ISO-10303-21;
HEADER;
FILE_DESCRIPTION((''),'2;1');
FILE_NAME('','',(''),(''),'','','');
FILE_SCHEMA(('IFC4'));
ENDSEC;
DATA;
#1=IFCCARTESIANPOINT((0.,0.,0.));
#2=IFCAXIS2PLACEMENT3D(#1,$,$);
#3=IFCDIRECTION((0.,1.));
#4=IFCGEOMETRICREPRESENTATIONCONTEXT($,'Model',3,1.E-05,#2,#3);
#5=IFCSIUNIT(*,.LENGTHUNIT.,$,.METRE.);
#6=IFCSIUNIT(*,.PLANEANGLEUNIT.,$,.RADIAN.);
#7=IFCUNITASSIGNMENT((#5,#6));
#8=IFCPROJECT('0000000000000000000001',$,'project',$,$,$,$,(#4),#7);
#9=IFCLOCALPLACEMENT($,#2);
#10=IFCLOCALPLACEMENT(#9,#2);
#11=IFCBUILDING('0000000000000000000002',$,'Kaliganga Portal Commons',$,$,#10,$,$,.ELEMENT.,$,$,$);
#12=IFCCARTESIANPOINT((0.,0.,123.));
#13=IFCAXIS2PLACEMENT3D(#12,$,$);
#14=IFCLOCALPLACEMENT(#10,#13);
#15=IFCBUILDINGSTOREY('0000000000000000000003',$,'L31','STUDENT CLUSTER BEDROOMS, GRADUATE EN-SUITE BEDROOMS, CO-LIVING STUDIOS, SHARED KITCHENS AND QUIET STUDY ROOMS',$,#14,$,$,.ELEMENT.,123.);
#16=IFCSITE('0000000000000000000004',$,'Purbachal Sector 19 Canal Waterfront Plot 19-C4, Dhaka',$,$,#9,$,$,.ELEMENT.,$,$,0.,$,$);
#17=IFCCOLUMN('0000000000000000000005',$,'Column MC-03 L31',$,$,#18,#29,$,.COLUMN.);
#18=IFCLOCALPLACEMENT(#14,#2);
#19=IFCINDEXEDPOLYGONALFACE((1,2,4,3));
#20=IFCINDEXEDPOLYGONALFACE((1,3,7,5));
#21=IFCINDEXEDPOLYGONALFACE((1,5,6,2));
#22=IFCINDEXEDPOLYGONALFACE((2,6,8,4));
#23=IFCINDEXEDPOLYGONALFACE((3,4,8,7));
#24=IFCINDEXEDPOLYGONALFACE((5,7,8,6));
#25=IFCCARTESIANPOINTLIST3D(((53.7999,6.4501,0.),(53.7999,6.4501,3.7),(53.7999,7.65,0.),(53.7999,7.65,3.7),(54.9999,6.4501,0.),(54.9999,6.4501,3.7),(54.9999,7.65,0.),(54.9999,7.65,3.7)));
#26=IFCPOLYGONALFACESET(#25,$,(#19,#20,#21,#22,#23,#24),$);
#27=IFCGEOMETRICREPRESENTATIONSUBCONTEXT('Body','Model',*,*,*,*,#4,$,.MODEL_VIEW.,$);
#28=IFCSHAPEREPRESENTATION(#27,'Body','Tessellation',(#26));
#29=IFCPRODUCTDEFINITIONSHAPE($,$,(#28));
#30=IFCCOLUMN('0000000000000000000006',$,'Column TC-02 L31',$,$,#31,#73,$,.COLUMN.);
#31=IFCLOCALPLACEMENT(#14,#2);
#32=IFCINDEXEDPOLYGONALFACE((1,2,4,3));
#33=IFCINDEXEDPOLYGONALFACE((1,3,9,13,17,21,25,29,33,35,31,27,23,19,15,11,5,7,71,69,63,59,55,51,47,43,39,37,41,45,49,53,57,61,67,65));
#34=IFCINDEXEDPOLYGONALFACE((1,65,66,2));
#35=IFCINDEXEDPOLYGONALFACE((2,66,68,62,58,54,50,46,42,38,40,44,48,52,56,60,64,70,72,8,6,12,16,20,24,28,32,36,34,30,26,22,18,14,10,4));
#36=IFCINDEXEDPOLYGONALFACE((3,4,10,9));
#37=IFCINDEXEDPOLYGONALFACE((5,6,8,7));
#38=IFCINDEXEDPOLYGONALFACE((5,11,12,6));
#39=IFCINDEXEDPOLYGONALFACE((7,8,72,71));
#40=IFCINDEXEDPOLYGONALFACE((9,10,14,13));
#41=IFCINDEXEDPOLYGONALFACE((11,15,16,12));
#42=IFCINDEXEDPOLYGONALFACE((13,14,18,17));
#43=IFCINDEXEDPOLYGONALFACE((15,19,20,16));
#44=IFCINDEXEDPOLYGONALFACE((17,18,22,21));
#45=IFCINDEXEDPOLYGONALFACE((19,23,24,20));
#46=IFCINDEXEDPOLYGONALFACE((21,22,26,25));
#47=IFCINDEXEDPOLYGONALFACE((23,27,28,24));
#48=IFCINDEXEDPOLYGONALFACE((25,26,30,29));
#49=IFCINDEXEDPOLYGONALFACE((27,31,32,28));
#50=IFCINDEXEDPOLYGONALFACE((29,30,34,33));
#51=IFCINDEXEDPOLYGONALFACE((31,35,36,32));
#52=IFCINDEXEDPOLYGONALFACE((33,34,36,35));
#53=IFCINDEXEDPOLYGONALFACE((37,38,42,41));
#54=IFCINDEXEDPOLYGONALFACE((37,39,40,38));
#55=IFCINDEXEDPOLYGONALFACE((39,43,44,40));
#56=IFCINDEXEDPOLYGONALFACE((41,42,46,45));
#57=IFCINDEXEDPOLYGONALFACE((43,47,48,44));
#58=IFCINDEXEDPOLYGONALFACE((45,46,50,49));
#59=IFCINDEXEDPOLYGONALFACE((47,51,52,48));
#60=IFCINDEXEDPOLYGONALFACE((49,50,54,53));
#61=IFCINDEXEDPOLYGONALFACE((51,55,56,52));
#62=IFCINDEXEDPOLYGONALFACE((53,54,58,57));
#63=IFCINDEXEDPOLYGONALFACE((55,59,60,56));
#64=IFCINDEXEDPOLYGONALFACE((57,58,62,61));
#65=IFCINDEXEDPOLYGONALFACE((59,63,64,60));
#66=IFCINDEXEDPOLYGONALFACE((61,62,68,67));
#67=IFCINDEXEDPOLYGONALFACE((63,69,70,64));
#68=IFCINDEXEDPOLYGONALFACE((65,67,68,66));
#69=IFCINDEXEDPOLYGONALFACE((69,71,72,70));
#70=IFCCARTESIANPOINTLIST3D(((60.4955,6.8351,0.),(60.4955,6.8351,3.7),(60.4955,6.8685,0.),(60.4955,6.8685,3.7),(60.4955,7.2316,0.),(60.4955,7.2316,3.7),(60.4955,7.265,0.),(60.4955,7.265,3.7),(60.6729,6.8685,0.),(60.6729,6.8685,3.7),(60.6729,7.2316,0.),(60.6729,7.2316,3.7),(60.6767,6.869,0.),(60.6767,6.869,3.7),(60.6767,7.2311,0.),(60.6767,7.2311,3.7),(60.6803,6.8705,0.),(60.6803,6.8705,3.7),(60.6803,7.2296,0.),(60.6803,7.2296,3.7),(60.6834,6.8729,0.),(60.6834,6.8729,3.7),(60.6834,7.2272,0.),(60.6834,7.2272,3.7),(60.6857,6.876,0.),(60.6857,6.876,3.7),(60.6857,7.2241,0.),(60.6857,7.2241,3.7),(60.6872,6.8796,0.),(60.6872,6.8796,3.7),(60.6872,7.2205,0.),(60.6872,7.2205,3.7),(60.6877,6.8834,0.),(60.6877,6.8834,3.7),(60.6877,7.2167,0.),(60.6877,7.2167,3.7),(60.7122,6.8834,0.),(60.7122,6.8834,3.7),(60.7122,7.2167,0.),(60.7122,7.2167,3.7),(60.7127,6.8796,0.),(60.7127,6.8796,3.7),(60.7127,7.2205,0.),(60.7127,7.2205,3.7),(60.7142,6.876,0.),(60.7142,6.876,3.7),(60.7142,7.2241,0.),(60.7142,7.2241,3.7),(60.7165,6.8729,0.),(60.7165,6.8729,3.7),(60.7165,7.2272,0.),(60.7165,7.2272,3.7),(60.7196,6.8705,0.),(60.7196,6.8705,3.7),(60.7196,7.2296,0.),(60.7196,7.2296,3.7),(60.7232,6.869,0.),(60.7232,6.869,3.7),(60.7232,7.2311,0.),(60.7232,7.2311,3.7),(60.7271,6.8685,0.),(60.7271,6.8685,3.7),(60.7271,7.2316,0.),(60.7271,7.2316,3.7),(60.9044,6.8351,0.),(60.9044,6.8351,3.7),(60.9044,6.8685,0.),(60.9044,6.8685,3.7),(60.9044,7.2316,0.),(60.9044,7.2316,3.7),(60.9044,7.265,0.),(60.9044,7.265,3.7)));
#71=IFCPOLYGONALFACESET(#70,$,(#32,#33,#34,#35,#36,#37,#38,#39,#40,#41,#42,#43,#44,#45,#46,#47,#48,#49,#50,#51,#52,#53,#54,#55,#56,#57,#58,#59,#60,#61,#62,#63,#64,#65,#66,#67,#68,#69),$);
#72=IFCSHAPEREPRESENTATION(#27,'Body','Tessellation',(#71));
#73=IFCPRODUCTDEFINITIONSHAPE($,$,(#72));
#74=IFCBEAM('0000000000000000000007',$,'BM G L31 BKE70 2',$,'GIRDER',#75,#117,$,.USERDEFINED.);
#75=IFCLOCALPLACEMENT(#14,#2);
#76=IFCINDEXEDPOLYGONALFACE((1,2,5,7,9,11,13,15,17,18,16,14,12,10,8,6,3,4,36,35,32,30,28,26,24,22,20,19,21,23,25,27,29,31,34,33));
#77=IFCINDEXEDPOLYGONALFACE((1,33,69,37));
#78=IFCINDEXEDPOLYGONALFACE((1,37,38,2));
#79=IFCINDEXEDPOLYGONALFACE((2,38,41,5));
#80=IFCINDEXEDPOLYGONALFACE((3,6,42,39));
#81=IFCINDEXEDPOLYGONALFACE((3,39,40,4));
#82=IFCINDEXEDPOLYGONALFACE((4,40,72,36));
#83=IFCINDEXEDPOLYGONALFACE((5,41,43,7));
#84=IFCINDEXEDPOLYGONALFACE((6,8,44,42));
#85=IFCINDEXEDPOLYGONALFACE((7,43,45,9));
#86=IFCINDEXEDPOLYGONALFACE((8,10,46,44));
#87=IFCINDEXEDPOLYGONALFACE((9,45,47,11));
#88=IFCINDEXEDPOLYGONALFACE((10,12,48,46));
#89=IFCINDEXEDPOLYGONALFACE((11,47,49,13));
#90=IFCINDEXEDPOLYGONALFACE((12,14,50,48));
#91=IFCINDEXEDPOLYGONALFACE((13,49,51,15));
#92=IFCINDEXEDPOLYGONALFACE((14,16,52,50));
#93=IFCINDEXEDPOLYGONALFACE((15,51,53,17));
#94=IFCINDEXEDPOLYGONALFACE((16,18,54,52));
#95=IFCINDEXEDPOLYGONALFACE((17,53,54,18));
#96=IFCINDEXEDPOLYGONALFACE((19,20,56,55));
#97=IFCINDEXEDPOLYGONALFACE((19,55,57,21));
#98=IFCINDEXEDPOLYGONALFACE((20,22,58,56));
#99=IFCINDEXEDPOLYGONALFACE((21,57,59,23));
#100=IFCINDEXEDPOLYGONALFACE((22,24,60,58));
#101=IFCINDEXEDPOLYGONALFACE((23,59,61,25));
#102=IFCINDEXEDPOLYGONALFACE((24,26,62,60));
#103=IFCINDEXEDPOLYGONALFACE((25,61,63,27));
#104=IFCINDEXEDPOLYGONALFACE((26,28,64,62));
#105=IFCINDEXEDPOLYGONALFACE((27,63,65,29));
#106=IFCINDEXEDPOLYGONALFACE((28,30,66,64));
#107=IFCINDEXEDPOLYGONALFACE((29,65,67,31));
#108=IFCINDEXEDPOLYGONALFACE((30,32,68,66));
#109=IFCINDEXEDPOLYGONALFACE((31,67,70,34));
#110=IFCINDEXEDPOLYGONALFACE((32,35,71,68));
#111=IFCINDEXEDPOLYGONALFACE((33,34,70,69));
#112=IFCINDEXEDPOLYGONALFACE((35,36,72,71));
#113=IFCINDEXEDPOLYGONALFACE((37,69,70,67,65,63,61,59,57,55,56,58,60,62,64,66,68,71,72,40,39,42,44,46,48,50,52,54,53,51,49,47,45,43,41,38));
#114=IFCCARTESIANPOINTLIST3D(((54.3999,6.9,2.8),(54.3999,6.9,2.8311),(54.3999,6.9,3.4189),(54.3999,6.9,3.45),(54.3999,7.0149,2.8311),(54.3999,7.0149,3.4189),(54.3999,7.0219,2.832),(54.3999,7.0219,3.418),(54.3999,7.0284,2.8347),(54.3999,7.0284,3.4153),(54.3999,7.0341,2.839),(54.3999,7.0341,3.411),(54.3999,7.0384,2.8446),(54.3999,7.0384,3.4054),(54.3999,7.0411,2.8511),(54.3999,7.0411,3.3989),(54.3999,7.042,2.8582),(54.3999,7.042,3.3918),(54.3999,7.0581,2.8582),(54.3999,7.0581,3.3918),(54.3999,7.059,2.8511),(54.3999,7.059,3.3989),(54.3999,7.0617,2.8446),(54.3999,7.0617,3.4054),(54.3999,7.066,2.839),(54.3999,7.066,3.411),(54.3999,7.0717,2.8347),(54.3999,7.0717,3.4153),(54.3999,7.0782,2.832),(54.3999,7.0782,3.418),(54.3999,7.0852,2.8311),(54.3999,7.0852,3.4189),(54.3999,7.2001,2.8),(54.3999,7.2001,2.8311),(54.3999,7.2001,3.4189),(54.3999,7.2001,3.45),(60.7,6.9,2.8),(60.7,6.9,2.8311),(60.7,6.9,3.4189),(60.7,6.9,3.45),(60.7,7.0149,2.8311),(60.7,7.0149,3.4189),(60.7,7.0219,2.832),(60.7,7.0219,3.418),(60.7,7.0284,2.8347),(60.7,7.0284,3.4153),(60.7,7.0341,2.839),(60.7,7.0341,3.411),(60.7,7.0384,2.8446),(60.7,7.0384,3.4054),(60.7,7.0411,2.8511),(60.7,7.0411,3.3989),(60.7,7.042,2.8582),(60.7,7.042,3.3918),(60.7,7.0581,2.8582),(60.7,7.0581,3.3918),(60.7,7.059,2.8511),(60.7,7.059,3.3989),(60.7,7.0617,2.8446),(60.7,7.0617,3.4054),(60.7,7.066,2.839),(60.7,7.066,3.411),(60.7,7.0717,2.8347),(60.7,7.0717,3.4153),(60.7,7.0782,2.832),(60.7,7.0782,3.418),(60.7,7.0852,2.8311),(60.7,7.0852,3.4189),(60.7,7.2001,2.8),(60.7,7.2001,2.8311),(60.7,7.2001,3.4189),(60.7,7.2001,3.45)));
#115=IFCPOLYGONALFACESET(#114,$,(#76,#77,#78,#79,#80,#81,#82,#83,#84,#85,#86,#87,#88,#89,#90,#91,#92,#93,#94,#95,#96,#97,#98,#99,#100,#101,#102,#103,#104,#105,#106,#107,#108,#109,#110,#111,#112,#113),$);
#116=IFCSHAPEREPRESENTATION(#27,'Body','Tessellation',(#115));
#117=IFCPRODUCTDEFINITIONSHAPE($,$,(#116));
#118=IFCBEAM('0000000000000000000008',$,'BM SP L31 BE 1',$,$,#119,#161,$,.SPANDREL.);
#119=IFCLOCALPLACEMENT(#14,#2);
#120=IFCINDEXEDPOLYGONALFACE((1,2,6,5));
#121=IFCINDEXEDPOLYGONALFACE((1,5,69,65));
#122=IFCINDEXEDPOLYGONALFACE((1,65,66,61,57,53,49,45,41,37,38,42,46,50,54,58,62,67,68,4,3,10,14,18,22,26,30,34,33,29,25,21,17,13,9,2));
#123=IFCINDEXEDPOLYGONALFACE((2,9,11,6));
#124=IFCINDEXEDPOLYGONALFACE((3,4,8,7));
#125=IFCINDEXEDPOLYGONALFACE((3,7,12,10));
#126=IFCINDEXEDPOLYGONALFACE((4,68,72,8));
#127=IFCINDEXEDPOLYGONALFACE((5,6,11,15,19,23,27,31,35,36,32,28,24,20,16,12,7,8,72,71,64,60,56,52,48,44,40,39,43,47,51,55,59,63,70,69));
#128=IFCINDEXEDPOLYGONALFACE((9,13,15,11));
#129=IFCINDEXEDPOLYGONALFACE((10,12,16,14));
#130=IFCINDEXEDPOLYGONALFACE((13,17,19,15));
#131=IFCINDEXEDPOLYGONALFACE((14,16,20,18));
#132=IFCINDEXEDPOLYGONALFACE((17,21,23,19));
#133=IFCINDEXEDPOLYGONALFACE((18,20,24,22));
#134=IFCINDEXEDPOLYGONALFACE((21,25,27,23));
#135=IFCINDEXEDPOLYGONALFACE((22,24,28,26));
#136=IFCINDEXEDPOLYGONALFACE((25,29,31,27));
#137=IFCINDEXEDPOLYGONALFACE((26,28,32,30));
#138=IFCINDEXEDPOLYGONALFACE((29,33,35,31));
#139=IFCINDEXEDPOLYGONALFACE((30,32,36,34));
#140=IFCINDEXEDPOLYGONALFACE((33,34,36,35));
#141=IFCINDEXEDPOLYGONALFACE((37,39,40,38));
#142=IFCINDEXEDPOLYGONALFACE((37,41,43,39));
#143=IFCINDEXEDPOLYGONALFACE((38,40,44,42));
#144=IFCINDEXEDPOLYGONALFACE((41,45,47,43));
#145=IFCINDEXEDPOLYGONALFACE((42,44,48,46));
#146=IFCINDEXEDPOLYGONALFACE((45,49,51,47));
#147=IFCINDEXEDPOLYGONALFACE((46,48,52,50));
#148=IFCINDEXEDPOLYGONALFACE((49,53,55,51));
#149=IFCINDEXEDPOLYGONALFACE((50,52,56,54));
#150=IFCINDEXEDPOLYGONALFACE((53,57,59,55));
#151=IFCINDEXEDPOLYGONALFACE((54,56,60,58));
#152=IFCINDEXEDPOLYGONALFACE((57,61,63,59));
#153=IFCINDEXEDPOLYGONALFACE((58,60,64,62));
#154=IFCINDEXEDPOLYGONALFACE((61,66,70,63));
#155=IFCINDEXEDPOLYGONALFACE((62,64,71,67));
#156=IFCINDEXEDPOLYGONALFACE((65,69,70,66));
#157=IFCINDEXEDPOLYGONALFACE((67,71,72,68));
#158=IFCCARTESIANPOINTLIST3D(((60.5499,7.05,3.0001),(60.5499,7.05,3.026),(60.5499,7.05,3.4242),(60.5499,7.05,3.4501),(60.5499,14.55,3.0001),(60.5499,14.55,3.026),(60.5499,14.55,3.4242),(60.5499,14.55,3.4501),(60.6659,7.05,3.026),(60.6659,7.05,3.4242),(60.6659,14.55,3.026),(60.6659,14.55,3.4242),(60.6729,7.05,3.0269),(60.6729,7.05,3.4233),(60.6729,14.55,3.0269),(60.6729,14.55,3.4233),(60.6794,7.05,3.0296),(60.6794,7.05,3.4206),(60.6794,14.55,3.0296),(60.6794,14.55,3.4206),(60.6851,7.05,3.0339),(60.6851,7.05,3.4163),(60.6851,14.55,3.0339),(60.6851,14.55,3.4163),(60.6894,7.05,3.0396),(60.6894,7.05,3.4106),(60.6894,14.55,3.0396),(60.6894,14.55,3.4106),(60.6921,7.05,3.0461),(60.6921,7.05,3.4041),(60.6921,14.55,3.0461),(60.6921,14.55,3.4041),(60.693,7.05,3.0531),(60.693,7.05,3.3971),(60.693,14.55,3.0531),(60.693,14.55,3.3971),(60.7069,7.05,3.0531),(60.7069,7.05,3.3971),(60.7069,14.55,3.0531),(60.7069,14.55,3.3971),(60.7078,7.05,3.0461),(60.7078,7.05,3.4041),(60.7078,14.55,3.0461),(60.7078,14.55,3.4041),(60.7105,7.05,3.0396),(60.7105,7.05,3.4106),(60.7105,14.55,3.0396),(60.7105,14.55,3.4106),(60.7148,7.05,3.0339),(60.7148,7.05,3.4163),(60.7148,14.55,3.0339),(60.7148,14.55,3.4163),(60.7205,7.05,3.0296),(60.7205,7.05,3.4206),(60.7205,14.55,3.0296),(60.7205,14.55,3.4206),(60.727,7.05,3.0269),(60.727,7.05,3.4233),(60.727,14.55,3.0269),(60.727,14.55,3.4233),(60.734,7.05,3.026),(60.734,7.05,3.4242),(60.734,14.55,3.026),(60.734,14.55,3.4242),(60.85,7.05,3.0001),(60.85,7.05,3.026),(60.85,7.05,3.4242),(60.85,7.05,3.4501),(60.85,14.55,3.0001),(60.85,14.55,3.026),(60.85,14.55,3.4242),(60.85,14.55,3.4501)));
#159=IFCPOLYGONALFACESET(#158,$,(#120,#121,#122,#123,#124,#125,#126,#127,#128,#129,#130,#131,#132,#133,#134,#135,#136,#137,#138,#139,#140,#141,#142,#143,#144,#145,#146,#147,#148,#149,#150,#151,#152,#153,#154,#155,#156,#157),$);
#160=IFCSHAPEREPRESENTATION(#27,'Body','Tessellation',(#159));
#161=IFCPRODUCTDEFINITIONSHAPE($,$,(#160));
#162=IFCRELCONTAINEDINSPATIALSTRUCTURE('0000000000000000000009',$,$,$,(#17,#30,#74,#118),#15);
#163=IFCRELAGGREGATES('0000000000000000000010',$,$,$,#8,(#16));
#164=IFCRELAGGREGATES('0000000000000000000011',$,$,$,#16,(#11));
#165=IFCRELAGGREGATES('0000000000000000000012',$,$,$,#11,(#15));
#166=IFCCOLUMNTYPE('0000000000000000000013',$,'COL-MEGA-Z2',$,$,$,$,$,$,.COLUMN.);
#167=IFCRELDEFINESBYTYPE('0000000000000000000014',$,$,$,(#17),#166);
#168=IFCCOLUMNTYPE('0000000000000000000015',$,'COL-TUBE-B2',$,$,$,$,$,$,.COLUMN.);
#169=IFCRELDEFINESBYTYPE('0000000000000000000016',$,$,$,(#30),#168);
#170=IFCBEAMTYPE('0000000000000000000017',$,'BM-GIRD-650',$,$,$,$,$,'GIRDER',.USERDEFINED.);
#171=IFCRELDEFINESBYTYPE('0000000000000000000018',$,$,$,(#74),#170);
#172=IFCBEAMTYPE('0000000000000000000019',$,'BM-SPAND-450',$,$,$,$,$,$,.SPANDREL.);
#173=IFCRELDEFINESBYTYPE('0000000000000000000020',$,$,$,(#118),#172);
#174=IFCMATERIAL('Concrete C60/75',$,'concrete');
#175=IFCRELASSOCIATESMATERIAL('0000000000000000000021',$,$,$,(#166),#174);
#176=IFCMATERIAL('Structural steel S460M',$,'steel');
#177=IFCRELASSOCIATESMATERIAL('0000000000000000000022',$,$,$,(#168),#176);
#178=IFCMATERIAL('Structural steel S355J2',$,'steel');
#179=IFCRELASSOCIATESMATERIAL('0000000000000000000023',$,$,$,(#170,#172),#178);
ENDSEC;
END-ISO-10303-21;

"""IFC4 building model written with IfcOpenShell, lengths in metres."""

from ifc_helpers import new_model, si_unit, direction, frame, origin, origin_2d, place, context, subcontext, project, spatial, rectangle, i_section, extrude, source, transform, mapped, material, material_profile, profile_set, type_object, element, save


model = new_model("IFC4")

# Units and contexts
model_context = context("Model", 3, precision=1e-05, world=origin(), true_north=direction((0.0, 1.0)))
body_context = subcontext(model_context, "Body", "Model", "MODEL_VIEW")
ifc_project = project(units=[si_unit("LENGTHUNIT", "METRE"), si_unit("PLANEANGLEUNIT", "RADIAN")], contexts=[model_context])

# Site, building, storey
site_placement = place(None, origin())
site = spatial("IfcSite", under=ifc_project, at=site_placement, Name="Purbachal Sector 19 Canal Waterfront Plot 19-C4, Dhaka", CompositionType="ELEMENT", RefElevation=0.0)
building_placement = place(site_placement, origin())
building = spatial("IfcBuilding", under=site, at=building_placement, Name="Kaliganga Portal Commons", CompositionType="ELEMENT")
storey_placement = place(building_placement, frame((0.0, 0.0, 123.0)))
storey = spatial("IfcBuildingStorey", under=building, at=storey_placement, Name="L31", Description="STUDENT CLUSTER BEDROOMS, GRADUATE EN-SUITE BEDROOMS, CO-LIVING STUDIOS, SHARED KITCHENS AND QUIET STUDY ROOMS", CompositionType="ELEMENT", Elevation=123.0)

# Columns
ifc_material_1 = material(Name="Concrete C60/75", Category="concrete")
ifc_material_profile_1 = material_profile(ifc_material_1, rectangle(XDim=1.2, YDim=1.2, at=origin_2d()), Name="RC 1200x1200")
ifc_profile_set_1 = profile_set([ifc_material_profile_1], Name="Concrete C60/75")
column_type_1 = type_object("IfcColumnType", Name="COL-MEGA-Z2", PredefinedType="COLUMN", material=ifc_profile_set_1)
shared_shape_1 = source(origin(), body_context, "Body", "SweptSolid", [
    extrude(rectangle(XDim=1.2, YDim=1.2, at=origin_2d()), origin(), (0.0, 0.0, 1.0), 3.7),
])
column_1_placement = place(storey_placement, frame((54.3999, 7.05, 0.0), z_axis=(0.0, 0.0, 1.0), x_axis=(1.0, 0.0, 0.0)))
element("IfcColumn", 1, at=column_1_placement, inside=storey, type_object=column_type_1, Name="Column MC-03 L31", PredefinedType="COLUMN", context=body_context, shape_type="MappedRepresentation", body=[
    mapped(shared_shape_1, transform((0.0, 0.0, 0.0), x_axis=(1.0, 0.0, 0.0), y_axis=(0.0, 1.0, 0.0), z_axis=(0.0, 0.0, 1.0), scale=1.0)),
])
ifc_material_2 = material(Name="Structural steel S460M", Category="steel")
ifc_material_profile_2 = material_profile(ifc_material_2, i_section(OverallWidth=0.4089, OverallDepth=0.4299, WebThickness=0.0244, FlangeThickness=0.0334, FilletRadius=0.0149, at=origin_2d()), Name="HD 400x421")
ifc_profile_set_2 = profile_set([ifc_material_profile_2], Name="Structural steel S460M wide-flange")
column_type_2 = type_object("IfcColumnType", Name="COL-TUBE-B2", PredefinedType="COLUMN", material=ifc_profile_set_2)
shared_shape_2 = source(origin(), body_context, "Body", "SweptSolid", [
    extrude(i_section(OverallWidth=0.4089, OverallDepth=0.4299, WebThickness=0.0244, FlangeThickness=0.0334, FilletRadius=0.0149, at=origin_2d()), origin(), (0.0, 0.0, 1.0), 3.7),
])
column_2_placement = place(storey_placement, frame((60.7, 7.05, 0.0), z_axis=(0.0, 0.0, 1.0), x_axis=(1.0, 0.0, 0.0)))
element("IfcColumn", 2, at=column_2_placement, inside=storey, type_object=column_type_2, Name="Column TC-02 L31", PredefinedType="COLUMN", context=body_context, shape_type="MappedRepresentation", body=[
    mapped(shared_shape_2, transform((0.0, 0.0, 0.0), x_axis=(1.0, 0.0, 0.0), y_axis=(0.0, 1.0, 0.0), z_axis=(0.0, 0.0, 1.0), scale=1.0)),
])

# Beams
ifc_material_3 = material(Name="Structural steel S355J2", Category="steel")
ifc_material_profile_3 = material_profile(ifc_material_3, i_section(OverallWidth=0.3, OverallDepth=0.6499, WebThickness=0.0161, FlangeThickness=0.031, FilletRadius=0.0271, at=origin_2d()), Name="HE 650 B")
ifc_profile_set_3 = profile_set([ifc_material_profile_3], Name="Structural steel S355J2 wide-flange")
beam_type_1 = type_object("IfcBeamType", Name="BM-GIRD-650", ElementType="GIRDER", PredefinedType="USERDEFINED", material=ifc_profile_set_3)
shared_shape_3 = source(origin(), body_context, "Body", "SweptSolid", [
    extrude(i_section(OverallWidth=0.3, OverallDepth=0.6499, WebThickness=0.0161, FlangeThickness=0.031, FilletRadius=0.0271, at=origin_2d()), origin(), (0.0, 0.0, 1.0), 6.3),
])
beam_1_placement = place(storey_placement, frame((54.3999, 7.05, 3.125), z_axis=(1.0, 0.0, 0.0), x_axis=(0.0, 1.0, 0.0)))
element("IfcBeam", 3, at=beam_1_placement, inside=storey, type_object=beam_type_1, Name="BM G L31 BKE70 2", ObjectType="GIRDER", PredefinedType="USERDEFINED", context=body_context, shape_type="MappedRepresentation", body=[
    mapped(shared_shape_3, transform((0.0, 0.0, 0.0), x_axis=(1.0, 0.0, 0.0), y_axis=(0.0, 1.0, 0.0), z_axis=(0.0, 0.0, 1.0), scale=1.0)),
])
ifc_material_profile_4 = material_profile(ifc_material_3, i_section(OverallWidth=0.3, OverallDepth=0.45, WebThickness=0.0139, FlangeThickness=0.0259, FilletRadius=0.0271, at=origin_2d()), Name="HE 450 B")
ifc_profile_set_4 = profile_set([ifc_material_profile_4], Name="Structural steel S355J2 wide-flange")
beam_type_2 = type_object("IfcBeamType", Name="BM-SPAND-450", PredefinedType="SPANDREL", material=ifc_profile_set_4)
shared_shape_4 = source(origin(), body_context, "Body", "SweptSolid", [
    extrude(i_section(OverallWidth=0.3, OverallDepth=0.45, WebThickness=0.0139, FlangeThickness=0.0259, FilletRadius=0.0271, at=origin_2d()), origin(), (0.0, 0.0, 1.0), 7.5),
])
beam_2_placement = place(storey_placement, frame((60.7, 7.05, 3.2251), z_axis=(0.0, 1.0, 0.0), x_axis=(-1.0, 0.0, 0.0)))
element("IfcBeam", 4, at=beam_2_placement, inside=storey, type_object=beam_type_2, Name="BM SP L31 BE 1", PredefinedType="SPANDREL", context=body_context, shape_type="MappedRepresentation", body=[
    mapped(shared_shape_4, transform((0.0, 0.0, 0.0), x_axis=(1.0, 0.0, 0.0), y_axis=(0.0, 1.0, 0.0), z_axis=(0.0, 0.0, 1.0), scale=1.0)),
])

save(model, "model.ifc")
